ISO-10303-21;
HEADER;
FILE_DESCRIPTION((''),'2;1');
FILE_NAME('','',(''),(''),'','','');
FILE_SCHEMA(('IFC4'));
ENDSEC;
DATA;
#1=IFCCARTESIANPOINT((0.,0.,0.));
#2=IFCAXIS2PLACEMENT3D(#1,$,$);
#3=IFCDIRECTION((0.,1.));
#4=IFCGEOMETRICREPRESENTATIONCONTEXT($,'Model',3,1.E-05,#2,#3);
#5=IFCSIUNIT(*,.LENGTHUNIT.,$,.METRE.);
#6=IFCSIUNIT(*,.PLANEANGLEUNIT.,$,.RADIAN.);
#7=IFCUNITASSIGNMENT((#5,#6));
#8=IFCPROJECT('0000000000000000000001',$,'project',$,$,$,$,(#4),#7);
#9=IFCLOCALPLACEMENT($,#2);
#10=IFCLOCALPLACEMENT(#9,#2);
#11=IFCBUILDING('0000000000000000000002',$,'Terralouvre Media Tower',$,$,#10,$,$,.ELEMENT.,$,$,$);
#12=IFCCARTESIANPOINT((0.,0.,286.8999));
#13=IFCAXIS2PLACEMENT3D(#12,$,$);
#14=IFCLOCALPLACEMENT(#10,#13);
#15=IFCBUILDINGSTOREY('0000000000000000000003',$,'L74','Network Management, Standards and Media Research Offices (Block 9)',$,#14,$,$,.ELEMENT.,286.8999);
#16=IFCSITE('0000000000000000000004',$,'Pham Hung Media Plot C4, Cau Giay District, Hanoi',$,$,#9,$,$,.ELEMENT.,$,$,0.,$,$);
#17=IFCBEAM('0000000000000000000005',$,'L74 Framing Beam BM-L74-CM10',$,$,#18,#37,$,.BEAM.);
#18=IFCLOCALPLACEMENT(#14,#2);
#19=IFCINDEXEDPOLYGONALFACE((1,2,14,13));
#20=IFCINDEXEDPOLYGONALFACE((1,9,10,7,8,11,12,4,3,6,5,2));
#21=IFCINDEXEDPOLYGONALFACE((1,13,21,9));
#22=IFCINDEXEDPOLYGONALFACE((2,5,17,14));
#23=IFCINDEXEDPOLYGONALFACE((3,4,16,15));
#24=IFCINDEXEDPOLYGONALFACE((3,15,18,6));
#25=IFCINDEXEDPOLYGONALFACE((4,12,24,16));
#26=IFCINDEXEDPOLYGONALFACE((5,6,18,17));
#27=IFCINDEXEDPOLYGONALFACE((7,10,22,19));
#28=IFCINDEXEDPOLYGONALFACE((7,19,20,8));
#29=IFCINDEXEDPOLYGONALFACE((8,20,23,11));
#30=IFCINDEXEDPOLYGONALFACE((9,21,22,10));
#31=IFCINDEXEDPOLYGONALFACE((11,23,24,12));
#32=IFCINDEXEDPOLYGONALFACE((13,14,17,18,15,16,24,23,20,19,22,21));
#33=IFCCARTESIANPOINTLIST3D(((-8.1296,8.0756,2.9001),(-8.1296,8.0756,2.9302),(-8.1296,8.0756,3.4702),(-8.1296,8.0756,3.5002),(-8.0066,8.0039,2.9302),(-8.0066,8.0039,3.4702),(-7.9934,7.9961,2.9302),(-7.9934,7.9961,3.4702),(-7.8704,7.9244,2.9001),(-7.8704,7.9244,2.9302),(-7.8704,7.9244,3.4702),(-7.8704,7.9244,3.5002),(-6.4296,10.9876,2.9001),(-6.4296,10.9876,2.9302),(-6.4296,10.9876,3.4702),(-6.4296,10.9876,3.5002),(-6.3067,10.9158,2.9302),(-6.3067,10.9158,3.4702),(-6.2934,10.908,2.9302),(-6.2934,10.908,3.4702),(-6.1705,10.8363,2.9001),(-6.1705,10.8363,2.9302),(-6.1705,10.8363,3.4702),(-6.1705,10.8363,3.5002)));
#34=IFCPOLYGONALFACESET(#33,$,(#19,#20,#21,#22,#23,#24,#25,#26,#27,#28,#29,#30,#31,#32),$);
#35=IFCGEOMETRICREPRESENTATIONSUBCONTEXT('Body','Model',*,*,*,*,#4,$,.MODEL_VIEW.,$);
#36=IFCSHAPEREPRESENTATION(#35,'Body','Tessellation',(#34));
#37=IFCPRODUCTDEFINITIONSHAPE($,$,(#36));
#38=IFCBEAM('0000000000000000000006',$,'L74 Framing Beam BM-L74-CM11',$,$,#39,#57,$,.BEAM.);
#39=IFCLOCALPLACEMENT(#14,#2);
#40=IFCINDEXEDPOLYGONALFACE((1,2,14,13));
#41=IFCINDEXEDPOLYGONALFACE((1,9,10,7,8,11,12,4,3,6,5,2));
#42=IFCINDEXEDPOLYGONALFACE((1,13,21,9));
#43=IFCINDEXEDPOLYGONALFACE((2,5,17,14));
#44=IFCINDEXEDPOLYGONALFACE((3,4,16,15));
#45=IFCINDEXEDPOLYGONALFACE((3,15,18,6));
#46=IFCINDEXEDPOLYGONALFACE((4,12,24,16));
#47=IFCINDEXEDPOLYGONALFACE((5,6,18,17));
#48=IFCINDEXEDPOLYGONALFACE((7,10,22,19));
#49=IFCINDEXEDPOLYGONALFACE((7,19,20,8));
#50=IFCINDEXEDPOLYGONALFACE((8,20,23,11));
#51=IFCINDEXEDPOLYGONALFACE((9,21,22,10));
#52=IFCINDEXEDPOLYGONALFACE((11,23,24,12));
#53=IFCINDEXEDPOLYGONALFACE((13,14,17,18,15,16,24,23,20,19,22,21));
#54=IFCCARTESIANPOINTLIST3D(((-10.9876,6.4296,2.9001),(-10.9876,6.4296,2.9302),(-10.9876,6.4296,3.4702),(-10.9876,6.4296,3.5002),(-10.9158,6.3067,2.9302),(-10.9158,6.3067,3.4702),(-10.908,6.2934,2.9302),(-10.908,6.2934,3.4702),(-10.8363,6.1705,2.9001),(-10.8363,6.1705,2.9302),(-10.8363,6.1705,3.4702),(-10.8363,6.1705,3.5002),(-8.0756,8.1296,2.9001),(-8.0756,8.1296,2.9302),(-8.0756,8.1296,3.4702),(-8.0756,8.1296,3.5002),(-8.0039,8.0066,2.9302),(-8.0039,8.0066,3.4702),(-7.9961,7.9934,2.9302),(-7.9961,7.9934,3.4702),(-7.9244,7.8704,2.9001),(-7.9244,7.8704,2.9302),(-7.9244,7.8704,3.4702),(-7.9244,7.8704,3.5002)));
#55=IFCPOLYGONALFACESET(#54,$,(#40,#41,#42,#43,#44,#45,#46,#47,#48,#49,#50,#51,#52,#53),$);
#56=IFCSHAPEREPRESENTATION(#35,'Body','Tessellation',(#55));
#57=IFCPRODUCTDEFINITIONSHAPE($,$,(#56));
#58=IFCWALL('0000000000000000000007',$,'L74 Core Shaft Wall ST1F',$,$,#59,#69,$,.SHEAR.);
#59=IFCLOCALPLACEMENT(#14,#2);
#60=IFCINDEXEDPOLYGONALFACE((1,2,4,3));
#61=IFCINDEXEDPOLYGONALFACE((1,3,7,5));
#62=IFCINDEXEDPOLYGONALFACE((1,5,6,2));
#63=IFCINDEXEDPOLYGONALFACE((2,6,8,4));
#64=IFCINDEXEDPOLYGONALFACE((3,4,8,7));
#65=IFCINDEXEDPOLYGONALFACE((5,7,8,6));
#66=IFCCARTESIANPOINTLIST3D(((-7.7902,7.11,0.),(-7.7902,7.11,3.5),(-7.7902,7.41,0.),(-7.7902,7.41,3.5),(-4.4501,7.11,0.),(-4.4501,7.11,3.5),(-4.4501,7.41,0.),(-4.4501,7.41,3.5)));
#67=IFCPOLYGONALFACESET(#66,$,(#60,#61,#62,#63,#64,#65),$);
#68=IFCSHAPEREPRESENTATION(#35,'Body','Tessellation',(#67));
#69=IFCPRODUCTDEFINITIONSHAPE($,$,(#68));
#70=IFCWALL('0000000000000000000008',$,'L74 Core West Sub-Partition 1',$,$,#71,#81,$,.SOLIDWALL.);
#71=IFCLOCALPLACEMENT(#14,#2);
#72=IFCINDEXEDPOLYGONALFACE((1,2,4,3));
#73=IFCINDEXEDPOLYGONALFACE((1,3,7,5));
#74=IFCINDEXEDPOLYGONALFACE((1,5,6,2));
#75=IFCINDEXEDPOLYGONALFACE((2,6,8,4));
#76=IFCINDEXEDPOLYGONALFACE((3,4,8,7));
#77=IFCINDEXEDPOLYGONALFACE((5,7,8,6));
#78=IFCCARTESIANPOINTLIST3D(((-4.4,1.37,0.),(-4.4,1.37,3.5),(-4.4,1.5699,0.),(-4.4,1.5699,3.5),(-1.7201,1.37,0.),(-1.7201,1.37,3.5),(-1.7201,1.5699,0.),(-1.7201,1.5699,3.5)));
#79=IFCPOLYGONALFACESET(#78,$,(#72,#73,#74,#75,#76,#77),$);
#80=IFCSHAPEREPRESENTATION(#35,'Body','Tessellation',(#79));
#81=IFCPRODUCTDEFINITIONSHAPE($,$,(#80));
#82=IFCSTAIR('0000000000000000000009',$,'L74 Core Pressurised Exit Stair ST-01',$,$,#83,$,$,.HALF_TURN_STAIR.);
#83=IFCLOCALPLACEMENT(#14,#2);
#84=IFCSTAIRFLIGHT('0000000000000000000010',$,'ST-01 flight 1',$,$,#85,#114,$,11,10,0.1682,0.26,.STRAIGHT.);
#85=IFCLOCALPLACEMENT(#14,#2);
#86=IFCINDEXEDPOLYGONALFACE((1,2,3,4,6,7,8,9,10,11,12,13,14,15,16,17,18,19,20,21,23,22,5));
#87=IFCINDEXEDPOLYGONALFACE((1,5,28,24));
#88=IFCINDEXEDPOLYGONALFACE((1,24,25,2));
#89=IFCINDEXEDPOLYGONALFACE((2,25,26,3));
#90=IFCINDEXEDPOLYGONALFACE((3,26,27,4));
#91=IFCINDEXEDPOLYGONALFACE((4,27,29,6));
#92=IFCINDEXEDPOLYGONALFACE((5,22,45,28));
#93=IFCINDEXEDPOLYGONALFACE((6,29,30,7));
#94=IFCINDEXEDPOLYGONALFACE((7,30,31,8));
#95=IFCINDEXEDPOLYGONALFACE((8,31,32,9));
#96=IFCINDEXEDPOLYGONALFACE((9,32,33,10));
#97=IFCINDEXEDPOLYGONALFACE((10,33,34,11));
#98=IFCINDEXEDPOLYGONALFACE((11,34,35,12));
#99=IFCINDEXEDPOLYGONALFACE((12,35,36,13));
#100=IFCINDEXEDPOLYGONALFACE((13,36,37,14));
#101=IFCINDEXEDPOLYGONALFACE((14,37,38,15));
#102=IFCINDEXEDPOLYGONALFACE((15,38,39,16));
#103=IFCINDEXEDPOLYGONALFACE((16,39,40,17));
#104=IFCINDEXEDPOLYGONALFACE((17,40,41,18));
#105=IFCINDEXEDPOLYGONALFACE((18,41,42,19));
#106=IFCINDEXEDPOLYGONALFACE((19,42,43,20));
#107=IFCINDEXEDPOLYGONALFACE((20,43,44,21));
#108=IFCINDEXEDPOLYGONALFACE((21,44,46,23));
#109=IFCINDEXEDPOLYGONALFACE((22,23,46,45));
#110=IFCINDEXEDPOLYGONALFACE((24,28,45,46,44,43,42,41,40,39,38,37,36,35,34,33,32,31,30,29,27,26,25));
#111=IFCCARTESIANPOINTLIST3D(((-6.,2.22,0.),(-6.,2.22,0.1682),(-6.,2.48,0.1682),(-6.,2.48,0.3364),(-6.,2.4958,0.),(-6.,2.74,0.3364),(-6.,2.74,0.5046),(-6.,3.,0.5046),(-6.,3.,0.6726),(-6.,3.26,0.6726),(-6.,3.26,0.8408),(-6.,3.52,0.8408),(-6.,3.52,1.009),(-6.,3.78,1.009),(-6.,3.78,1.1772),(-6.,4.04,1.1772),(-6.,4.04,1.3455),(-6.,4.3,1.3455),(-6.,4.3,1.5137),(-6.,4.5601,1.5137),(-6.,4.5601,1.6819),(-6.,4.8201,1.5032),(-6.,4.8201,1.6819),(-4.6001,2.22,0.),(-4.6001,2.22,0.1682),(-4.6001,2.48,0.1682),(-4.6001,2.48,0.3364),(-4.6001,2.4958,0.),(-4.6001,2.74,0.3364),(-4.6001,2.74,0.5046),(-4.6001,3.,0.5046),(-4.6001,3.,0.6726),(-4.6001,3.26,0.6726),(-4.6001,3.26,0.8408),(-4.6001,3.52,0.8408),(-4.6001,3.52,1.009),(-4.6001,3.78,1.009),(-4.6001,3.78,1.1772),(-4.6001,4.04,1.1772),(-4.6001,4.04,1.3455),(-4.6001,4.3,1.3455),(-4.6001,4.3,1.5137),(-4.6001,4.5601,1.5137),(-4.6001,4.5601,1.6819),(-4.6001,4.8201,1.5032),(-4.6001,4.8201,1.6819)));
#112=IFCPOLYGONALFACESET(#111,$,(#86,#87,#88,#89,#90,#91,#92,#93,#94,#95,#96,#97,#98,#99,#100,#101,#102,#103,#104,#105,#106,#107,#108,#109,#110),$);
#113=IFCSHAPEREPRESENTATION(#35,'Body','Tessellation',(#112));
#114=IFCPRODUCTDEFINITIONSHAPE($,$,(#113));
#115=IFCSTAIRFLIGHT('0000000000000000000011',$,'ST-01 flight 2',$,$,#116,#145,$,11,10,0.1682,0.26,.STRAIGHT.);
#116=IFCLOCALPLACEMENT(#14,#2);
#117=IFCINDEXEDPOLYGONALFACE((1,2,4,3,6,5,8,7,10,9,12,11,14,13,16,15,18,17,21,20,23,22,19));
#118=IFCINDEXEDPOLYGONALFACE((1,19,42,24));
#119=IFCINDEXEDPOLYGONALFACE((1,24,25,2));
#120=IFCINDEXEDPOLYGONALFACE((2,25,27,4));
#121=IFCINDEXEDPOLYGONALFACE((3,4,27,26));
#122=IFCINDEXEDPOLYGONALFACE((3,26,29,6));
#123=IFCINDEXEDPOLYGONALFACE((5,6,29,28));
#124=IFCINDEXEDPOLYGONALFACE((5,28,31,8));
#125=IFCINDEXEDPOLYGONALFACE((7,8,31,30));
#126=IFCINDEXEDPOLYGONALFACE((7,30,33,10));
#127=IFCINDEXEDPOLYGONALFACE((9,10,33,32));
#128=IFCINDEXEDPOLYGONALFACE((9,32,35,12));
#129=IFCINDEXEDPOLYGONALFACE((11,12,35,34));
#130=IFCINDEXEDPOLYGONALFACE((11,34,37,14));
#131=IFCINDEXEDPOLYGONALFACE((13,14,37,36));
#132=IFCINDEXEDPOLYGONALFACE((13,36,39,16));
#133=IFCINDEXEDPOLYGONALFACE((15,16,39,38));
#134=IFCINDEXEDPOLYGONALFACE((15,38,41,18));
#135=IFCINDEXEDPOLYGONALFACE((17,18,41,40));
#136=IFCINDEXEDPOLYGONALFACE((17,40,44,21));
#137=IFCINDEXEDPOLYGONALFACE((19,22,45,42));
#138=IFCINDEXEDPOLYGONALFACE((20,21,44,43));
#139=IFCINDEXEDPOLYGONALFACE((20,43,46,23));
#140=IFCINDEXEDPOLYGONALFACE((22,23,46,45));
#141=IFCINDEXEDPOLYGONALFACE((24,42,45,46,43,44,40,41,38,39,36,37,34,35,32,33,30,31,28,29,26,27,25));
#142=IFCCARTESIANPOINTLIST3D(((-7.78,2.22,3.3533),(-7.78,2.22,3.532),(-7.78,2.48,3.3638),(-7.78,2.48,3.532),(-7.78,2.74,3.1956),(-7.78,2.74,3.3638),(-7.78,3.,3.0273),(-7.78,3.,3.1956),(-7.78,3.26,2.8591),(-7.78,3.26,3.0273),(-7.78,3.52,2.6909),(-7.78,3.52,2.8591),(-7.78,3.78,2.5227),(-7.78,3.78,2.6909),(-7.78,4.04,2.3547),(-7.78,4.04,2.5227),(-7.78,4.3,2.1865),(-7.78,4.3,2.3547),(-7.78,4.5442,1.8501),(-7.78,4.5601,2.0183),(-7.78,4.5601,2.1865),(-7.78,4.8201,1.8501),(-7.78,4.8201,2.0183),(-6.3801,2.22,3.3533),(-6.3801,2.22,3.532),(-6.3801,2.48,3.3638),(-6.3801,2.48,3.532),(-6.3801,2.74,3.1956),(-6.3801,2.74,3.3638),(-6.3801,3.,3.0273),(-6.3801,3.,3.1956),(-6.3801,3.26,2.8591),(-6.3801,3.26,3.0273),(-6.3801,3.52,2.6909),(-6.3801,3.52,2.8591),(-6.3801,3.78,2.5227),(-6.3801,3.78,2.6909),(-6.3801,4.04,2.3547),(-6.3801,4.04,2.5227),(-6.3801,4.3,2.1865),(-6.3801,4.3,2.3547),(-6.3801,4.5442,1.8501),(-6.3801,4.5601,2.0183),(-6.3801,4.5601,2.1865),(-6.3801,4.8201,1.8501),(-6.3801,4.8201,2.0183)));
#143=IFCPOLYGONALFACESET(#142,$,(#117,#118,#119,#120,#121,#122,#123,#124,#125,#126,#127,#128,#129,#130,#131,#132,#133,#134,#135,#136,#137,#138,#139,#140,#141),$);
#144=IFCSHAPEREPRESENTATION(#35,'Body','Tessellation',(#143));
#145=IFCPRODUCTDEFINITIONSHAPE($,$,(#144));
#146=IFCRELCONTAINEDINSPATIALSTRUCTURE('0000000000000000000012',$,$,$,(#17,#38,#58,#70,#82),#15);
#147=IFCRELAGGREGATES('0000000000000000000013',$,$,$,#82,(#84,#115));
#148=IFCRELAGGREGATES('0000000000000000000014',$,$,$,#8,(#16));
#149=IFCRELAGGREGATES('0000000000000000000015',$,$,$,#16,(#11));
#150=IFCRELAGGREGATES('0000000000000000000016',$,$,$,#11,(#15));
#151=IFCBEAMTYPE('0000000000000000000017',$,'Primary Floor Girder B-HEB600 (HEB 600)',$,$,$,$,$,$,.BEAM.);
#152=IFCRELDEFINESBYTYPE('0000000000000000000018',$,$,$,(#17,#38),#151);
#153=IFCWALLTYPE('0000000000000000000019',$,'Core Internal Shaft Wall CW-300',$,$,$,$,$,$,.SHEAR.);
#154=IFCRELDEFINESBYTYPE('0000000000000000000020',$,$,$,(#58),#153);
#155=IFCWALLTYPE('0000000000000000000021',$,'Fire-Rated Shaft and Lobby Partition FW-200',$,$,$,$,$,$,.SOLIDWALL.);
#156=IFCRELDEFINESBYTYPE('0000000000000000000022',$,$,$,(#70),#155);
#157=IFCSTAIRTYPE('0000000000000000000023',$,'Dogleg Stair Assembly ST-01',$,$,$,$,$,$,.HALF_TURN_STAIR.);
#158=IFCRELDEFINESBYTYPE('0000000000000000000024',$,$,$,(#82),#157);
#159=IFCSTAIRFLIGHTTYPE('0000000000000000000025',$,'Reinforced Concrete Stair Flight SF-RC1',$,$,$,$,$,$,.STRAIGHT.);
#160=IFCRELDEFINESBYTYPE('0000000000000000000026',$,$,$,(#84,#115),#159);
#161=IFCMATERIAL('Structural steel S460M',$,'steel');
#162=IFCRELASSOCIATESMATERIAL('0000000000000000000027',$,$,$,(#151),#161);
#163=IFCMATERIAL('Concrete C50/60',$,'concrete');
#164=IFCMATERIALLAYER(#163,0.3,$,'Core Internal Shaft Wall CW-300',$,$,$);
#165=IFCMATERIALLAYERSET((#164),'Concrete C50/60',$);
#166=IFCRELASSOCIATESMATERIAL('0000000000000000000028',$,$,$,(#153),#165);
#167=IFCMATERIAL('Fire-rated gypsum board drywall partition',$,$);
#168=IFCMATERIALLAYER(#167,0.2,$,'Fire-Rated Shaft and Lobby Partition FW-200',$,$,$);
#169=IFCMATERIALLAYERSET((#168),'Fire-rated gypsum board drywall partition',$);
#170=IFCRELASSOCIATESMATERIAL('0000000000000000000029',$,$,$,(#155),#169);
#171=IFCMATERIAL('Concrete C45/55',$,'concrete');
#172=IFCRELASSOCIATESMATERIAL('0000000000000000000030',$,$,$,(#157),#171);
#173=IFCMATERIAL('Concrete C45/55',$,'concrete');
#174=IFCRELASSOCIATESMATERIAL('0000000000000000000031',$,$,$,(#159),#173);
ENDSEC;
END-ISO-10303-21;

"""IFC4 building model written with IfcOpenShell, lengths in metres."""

from ifc_helpers import new_model, si_unit, direction, frame, frame_2d, origin, origin_2d, place, context, subcontext, project, spatial, polyline, rectangle, i_section, outline, extrude, material, layer, layer_set, material_profile, profile_set, type_object, element, aggregate, save


model = new_model("IFC4")

# Units and contexts
model_context = context("Model", 3, precision=1e-05, world=origin(), true_north=direction((0.0, 1.0)))
body_context = subcontext(model_context, "Body", "Model", "MODEL_VIEW")
ifc_project = project(units=[si_unit("LENGTHUNIT", "METRE"), si_unit("PLANEANGLEUNIT", "RADIAN")], contexts=[model_context])

# Site, building, storey
site_placement = place(None, origin())
site = spatial("IfcSite", under=ifc_project, at=site_placement, Name="Pham Hung Media Plot C4, Cau Giay District, Hanoi", CompositionType="ELEMENT", RefElevation=0.0)
building_placement = place(site_placement, origin())
building = spatial("IfcBuilding", under=site, at=building_placement, Name="Terralouvre Media Tower", CompositionType="ELEMENT")
storey_placement = place(building_placement, frame((0.0, 0.0, 286.8999)))
storey = spatial("IfcBuildingStorey", under=building, at=storey_placement, Name="L74", Description="Network Management, Standards and Media Research Offices (Block 9)", CompositionType="ELEMENT", Elevation=286.8999)

# Beams
ifc_material_1 = material(Name="Structural steel S460M", Category="steel")
ifc_material_profile = material_profile(ifc_material_1, i_section(OverallWidth=0.3, OverallDepth=0.6001, WebThickness=0.0154, FlangeThickness=0.03, at=origin_2d()), Name="HEB 600")
ifc_profile_set = profile_set([ifc_material_profile], Name="Structural steel S460M")
beam_type = type_object("IfcBeamType", Name="Primary Floor Girder B-HEB600 (HEB 600)", PredefinedType="BEAM", material=ifc_profile_set)
for number, where, z_axis, x_axis, name in (
    (1, (-8.0, 8.0, 3.2002), (0.504173, 0.863603, 0.0), (-0.863603, 0.504173, 0.0), "L74 Framing Beam BM-L74-CM10"),
    (2, (-8.0, 8.0, 3.2002), (-0.863603, -0.504173, 0.0), (0.504173, -0.863603, 0.0), "L74 Framing Beam BM-L74-CM11"),
):
    element("IfcBeam", number, at=place(storey_placement, frame(where, z_axis=z_axis, x_axis=x_axis)), inside=storey, type_object=beam_type, Name=name, PredefinedType="BEAM", context=body_context, shape_type="SweptSolid", body=[
        extrude(i_section(OverallWidth=0.3, OverallDepth=0.6001, WebThickness=0.0154, FlangeThickness=0.03, at=origin_2d()), origin(), (0.0, 0.0, 1.0), 3.3718),
    ])

# Shared definitions
ifc_material_2 = material(Name="Concrete C50/60", Category="concrete")
ifc_layer_1 = layer(ifc_material_2, 0.3, Name="Core Internal Shaft Wall CW-300")
ifc_layer_set_1 = layer_set([ifc_layer_1], Name="Concrete C50/60")
wall_type_1 = type_object("IfcWallType", Name="Core Internal Shaft Wall CW-300", PredefinedType="SHEAR", material=ifc_layer_set_1)

# Wall
wall_1_placement = place(storey_placement, frame((-7.79, 7.26, 0.0), z_axis=(0.0, 0.0, 1.0), x_axis=(1.0, 0.0, 0.0)))
element("IfcWall", 3, at=wall_1_placement, inside=storey, type_object=wall_type_1, Name="L74 Core Shaft Wall ST1F", PredefinedType="SHEAR", context=body_context, shape_type="SweptSolid", body=[
    extrude(rectangle(XDim=3.3401, YDim=0.3, at=frame_2d((1.6699, 0.0))), origin(), (0.0, 0.0, 1.0), 3.5),
])

# Wall
ifc_material_3 = material(Name="Fire-rated gypsum board drywall partition")
ifc_layer_2 = layer(ifc_material_3, 0.2, Name="Fire-Rated Shaft and Lobby Partition FW-200")
ifc_layer_set_2 = layer_set([ifc_layer_2], Name="Fire-rated gypsum board drywall partition")
wall_type_2 = type_object("IfcWallType", Name="Fire-Rated Shaft and Lobby Partition FW-200", PredefinedType="SOLIDWALL", material=ifc_layer_set_2)
wall_2_placement = place(storey_placement, frame((-4.3999, 1.47, 0.0), z_axis=(0.0, 0.0, 1.0), x_axis=(1.0, 0.0, 0.0)))
element("IfcWall", 4, at=wall_2_placement, inside=storey, type_object=wall_type_2, Name="L74 Core West Sub-Partition 1", PredefinedType="SOLIDWALL", context=body_context, shape_type="SweptSolid", body=[
    extrude(rectangle(XDim=2.6799, YDim=0.2, at=frame_2d((1.3398, 0.0))), origin(), (0.0, 0.0, 1.0), 3.5),
])

# Stair, stair flights
ifc_material_4 = material(Name="Concrete C45/55", Category="concrete")
stair_type = type_object("IfcStairType", Name="Dogleg Stair Assembly ST-01", PredefinedType="HALF_TURN_STAIR", material=ifc_material_4)
stair_placement = place(storey_placement, origin())
stair = element("IfcStair", 5, at=stair_placement, inside=storey, type_object=stair_type, Name="L74 Core Pressurised Exit Stair ST-01", PredefinedType="HALF_TURN_STAIR")
ifc_material_5 = material(Name="Concrete C45/55", Category="concrete")
stair_flight_type = type_object("IfcStairFlightType", Name="Reinforced Concrete Stair Flight SF-RC1", PredefinedType="STRAIGHT", material=ifc_material_5)
stair_flight_1_placement = place(storey_placement, frame((-5.3, 2.22, 0.0), z_axis=(0.0, 0.0, 1.0), x_axis=(0.0, 1.0, 0.0)))
stair_flight_1 = element("IfcStairFlight", 6, at=stair_flight_1_placement, type_object=stair_flight_type, Name="ST-01 flight 1", NumberOfRisers=11, NumberOfTreads=10, PredefinedType="STRAIGHT", RiserHeight=0.1682, TreadLength=0.26, context=body_context, shape_type="SweptSolid", body=[
    extrude(outline(polyline([(0.0, 0.0), (0.0, 0.1682), (0.26, 0.1682), (0.26, 0.3364), (0.52, 0.3364), (0.52, 0.5046), (0.78, 0.5046), (0.78, 0.6726), (1.04, 0.6726), (1.04, 0.8408), (1.3, 0.8408), (1.3, 1.009), (1.5601, 1.009), (1.5601, 1.1772), (1.8201, 1.1772), (1.8201, 1.3455), (2.0801, 1.3455), (2.0801, 1.5137), (2.3401, 1.5137), (2.3401, 1.6819), (2.6001, 1.6819), (2.6001, 1.8501), (2.6001, 1.5032), (0.2759, 0.0), (0.0, 0.0)])), frame((0.0, 0.7, 0.0), z_axis=(0.0, -1.0, 0.0), x_axis=(1.0, 0.0, 0.0)), (0.0, 0.0, 1.0), 1.3999),
])
stair_flight_2_placement = place(storey_placement, frame((-7.0801, 4.8201, 1.8501), z_axis=(0.0, 0.0, 1.0), x_axis=(0.0, -1.0, 0.0)))
stair_flight_2 = element("IfcStairFlight", 7, at=stair_flight_2_placement, type_object=stair_flight_type, Name="ST-01 flight 2", NumberOfRisers=11, NumberOfTreads=10, PredefinedType="STRAIGHT", RiserHeight=0.1682, TreadLength=0.26, context=body_context, shape_type="SweptSolid", body=[
    extrude(outline(polyline([(0.0, 0.0), (0.0, 0.1682), (0.26, 0.1682), (0.26, 0.3364), (0.52, 0.3364), (0.52, 0.5046), (0.78, 0.5046), (0.78, 0.6726), (1.04, 0.6726), (1.04, 0.8408), (1.3, 0.8408), (1.3, 1.009), (1.5601, 1.009), (1.5601, 1.1772), (1.8201, 1.1772), (1.8201, 1.3455), (2.0801, 1.3455), (2.0801, 1.5137), (2.3401, 1.5137), (2.3401, 1.6819), (2.6001, 1.6819), (2.6001, 1.8501), (2.6001, 1.5032), (0.2759, 0.0), (0.0, 0.0)])), frame((0.0, 0.7, 0.0), z_axis=(0.0, -1.0, 0.0), x_axis=(1.0, 0.0, 0.0)), (0.0, 0.0, 1.0), 1.3999),
])
aggregate(stair, [stair_flight_1, stair_flight_2])

save(model, "model.ifc")
